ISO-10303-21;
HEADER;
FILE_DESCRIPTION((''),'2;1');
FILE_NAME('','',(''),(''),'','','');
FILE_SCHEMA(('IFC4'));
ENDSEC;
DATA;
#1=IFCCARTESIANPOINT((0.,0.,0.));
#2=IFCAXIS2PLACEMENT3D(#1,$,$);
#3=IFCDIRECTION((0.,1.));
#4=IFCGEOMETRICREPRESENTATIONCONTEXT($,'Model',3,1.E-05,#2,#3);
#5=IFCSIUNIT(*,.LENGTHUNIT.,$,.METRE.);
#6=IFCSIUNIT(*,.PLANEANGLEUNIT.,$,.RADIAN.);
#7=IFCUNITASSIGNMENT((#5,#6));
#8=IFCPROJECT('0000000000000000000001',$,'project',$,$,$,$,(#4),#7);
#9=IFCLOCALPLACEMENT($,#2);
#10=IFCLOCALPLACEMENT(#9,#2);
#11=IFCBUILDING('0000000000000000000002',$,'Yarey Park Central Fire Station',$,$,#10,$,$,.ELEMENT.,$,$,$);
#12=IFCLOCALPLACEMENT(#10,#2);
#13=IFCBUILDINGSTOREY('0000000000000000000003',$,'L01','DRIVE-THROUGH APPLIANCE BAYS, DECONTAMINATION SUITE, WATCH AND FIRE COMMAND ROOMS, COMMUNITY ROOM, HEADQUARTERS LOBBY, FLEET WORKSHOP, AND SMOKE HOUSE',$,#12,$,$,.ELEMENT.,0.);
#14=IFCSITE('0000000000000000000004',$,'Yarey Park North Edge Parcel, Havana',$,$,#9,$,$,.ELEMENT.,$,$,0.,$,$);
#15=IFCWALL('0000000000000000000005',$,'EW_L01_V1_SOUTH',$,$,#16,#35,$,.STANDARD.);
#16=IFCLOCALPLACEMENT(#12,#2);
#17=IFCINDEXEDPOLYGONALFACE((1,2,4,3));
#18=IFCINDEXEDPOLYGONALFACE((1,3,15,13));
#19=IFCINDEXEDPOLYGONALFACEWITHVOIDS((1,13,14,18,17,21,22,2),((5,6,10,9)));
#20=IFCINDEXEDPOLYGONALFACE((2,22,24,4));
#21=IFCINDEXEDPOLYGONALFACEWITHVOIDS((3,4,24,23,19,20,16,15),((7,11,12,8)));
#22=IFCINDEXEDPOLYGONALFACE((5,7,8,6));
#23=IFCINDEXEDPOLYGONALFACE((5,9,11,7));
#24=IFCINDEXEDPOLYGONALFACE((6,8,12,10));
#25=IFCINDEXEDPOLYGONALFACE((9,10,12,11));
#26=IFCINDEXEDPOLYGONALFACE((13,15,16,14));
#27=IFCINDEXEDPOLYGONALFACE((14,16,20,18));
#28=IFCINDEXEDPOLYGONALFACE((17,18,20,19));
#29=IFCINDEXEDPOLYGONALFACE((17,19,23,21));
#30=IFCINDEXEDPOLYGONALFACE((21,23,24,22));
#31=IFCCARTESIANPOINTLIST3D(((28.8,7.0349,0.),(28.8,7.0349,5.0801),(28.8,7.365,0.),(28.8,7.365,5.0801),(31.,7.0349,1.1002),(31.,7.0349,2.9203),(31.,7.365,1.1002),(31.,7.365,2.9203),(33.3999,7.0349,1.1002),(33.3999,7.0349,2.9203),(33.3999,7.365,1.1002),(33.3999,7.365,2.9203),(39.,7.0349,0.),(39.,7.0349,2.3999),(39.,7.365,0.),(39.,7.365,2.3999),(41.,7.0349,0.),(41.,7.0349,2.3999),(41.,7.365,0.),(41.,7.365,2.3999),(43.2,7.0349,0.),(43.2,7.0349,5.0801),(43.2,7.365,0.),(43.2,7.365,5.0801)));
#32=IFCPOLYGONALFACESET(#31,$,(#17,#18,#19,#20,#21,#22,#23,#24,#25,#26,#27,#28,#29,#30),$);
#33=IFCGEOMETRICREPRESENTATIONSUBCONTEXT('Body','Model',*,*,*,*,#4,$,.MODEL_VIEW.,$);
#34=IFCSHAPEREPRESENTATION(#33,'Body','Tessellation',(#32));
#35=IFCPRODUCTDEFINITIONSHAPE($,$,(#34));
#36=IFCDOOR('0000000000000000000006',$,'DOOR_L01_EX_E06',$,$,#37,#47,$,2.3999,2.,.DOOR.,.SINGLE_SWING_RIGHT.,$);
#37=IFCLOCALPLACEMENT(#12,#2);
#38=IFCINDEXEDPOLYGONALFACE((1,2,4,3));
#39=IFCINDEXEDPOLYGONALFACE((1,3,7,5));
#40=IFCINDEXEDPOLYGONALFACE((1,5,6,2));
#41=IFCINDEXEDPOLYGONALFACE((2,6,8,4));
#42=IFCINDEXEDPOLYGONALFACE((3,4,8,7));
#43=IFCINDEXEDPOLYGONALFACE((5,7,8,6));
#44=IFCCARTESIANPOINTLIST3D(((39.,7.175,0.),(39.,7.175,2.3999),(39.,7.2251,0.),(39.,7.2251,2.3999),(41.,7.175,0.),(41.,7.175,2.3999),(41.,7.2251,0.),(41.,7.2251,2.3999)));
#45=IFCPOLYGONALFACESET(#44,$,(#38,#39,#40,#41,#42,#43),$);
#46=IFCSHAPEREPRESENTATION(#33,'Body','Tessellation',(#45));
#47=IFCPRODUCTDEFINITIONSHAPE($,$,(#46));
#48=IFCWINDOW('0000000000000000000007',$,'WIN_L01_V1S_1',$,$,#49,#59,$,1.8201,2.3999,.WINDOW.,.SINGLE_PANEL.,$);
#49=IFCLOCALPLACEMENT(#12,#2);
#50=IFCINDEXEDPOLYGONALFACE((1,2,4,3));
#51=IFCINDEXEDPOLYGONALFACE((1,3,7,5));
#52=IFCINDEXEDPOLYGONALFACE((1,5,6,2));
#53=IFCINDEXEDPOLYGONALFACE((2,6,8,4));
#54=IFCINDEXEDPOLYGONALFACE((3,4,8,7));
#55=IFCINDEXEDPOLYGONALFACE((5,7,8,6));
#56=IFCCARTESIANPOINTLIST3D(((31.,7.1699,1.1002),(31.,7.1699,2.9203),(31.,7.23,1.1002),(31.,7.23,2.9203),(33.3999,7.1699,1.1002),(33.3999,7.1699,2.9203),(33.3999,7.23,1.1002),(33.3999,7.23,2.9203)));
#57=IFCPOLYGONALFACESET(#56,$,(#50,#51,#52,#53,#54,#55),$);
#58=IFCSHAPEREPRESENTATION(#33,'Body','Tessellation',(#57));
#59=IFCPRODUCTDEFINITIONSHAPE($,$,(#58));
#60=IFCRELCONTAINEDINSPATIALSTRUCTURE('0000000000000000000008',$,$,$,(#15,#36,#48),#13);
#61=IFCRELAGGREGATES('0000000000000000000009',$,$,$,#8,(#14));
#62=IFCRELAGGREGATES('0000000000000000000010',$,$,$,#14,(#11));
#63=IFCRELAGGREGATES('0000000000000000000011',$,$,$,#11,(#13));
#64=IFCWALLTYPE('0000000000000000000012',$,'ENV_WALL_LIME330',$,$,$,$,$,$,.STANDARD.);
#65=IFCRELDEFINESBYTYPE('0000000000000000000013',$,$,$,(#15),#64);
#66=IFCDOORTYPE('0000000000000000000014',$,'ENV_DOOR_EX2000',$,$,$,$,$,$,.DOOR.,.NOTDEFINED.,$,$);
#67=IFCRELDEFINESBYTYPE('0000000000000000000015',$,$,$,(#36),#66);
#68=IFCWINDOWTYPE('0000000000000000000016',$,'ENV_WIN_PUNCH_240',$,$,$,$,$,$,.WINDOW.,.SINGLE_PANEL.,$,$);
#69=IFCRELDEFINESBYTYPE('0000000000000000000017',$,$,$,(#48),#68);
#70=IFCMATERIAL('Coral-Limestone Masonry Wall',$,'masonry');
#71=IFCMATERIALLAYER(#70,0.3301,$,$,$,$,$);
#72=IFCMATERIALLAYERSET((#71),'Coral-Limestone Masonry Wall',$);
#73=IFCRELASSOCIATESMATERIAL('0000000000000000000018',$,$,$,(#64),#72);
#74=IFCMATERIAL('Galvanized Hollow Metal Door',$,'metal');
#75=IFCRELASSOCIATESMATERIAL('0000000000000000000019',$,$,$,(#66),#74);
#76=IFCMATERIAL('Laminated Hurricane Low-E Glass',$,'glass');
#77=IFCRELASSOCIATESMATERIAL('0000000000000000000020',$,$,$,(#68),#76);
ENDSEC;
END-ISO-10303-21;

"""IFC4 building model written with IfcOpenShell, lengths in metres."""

from ifc_helpers import new_model, si_unit, direction, frame, frame_2d, origin, place, context, subcontext, project, spatial, rectangle, extrude, material, layer, layer_set, type_object, element, fill, save


model = new_model("IFC4")

# Units and contexts
model_context = context("Model", 3, precision=1e-05, world=origin(), true_north=direction((0.0, 1.0)))
body_context = subcontext(model_context, "Body", "Model", "MODEL_VIEW")
ifc_project = project(units=[si_unit("LENGTHUNIT", "METRE"), si_unit("PLANEANGLEUNIT", "RADIAN")], contexts=[model_context])

# Site, building, storey
site_placement = place(None, origin())
site = spatial("IfcSite", under=ifc_project, at=site_placement, Name="Yarey Park North Edge Parcel, Havana", CompositionType="ELEMENT", RefElevation=0.0)
building_placement = place(site_placement, origin())
building = spatial("IfcBuilding", under=site, at=building_placement, Name="Yarey Park Central Fire Station", CompositionType="ELEMENT")
storey_placement = place(building_placement, origin())
storey = spatial("IfcBuildingStorey", under=building, at=storey_placement, Name="L01", Description="DRIVE-THROUGH APPLIANCE BAYS, DECONTAMINATION SUITE, WATCH AND FIRE COMMAND ROOMS, COMMUNITY ROOM, HEADQUARTERS LOBBY, FLEET WORKSHOP, AND SMOKE HOUSE", CompositionType="ELEMENT", Elevation=0.0)

# Shared definitions
ifc_material_1 = material(Name="Laminated Hurricane Low-E Glass", Category="glass")

# Wall, openings, door, window
ifc_material_2 = material(Name="Coral-Limestone Masonry Wall", Category="masonry")
ifc_layer_1 = layer(ifc_material_2, 0.3301)
ifc_layer_set_1 = layer_set([ifc_layer_1], Name="Coral-Limestone Masonry Wall")
wall_type = type_object("IfcWallType", Name="ENV_WALL_LIME330", PredefinedType="STANDARD", material=ifc_layer_set_1)
wall_1_placement = place(storey_placement, frame((43.2, 7.2, 0.0), z_axis=(0.0, 0.0, 1.0), x_axis=(-1.0, 0.0, 0.0)))
wall_1 = element("IfcWall", 1, at=wall_1_placement, inside=storey, type_object=wall_type, Name="EW_L01_V1_SOUTH", PredefinedType="STANDARD", context=body_context, shape_type="SweptSolid", body=[
    extrude(rectangle(XDim=14.3999, YDim=0.3301, at=frame_2d((7.2, 0.0))), origin(), (0.0, 0.0, 1.0), 5.0801),
])
opening_1_placement = place(wall_1_placement, frame((2.2, 0.0, 0.0)))
opening_1 = element("IfcOpeningElement", 2, at=opening_1_placement, cuts=wall_1, PredefinedType="OPENING", context=body_context, shape_type="SweptSolid", body=[
    extrude(rectangle(XDim=2.0, YDim=2.3999, at=frame_2d((1.0, 1.2))), frame((0.0, 0.175, 0.0), z_axis=(0.0, -1.0, 0.0), x_axis=(1.0, 0.0, 0.0)), (0.0, 0.0, 1.0), 0.3501),
])
opening_2_placement = place(wall_1_placement, frame((9.8, 0.0, 1.1001)))
opening_2 = element("IfcOpeningElement", 3, at=opening_2_placement, cuts=wall_1, PredefinedType="OPENING", context=body_context, shape_type="SweptSolid", body=[
    extrude(rectangle(XDim=2.3999, YDim=1.8201, at=frame_2d((1.2, 0.9102))), frame((0.0, 0.175, 0.0), z_axis=(0.0, -1.0, 0.0), x_axis=(1.0, 0.0, 0.0)), (0.0, 0.0, 1.0), 0.3501),
])
ifc_material_3 = material(Name="Galvanized Hollow Metal Door", Category="metal")
door_type_1 = type_object("IfcDoorType", Name="ENV_DOOR_EX2000", OperationType="NOTDEFINED", PredefinedType="DOOR", material=ifc_material_3)
door_1_placement = place(opening_1_placement, origin())
door_1 = element("IfcDoor", 4, at=door_1_placement, inside=storey, type_object=door_type_1, Name="DOOR_L01_EX_E06", OperationType="SINGLE_SWING_RIGHT", OverallHeight=2.3999, OverallWidth=2.0, PredefinedType="DOOR", context=body_context, shape_type="SweptSolid", body=[
    extrude(rectangle(XDim=2.0, YDim=2.3999, at=frame_2d((1.0, 1.2))), frame((0.0, 0.0249, 0.0), z_axis=(0.0, -1.0, 0.0), x_axis=(1.0, 0.0, 0.0)), (0.0, 0.0, 1.0), 0.05),
])
fill(opening_1, door_1)
window_type = type_object("IfcWindowType", Name="ENV_WIN_PUNCH_240", PartitioningType="SINGLE_PANEL", PredefinedType="WINDOW", material=ifc_material_1)
window_placement = place(opening_2_placement, origin())
window = element("IfcWindow", 5, at=window_placement, inside=storey, type_object=window_type, Name="WIN_L01_V1S_1", OverallHeight=1.8201, OverallWidth=2.3999, PartitioningType="SINGLE_PANEL", PredefinedType="WINDOW", context=body_context, shape_type="SweptSolid", body=[
    extrude(rectangle(XDim=2.3999, YDim=1.8201, at=frame_2d((1.2, 0.9102))), frame((0.0, 0.03, 0.0), z_axis=(0.0, -1.0, 0.0), x_axis=(1.0, 0.0, 0.0)), (0.0, 0.0, 1.0), 0.0601),
])
fill(opening_2, window)

save(model, "model.ifc")
